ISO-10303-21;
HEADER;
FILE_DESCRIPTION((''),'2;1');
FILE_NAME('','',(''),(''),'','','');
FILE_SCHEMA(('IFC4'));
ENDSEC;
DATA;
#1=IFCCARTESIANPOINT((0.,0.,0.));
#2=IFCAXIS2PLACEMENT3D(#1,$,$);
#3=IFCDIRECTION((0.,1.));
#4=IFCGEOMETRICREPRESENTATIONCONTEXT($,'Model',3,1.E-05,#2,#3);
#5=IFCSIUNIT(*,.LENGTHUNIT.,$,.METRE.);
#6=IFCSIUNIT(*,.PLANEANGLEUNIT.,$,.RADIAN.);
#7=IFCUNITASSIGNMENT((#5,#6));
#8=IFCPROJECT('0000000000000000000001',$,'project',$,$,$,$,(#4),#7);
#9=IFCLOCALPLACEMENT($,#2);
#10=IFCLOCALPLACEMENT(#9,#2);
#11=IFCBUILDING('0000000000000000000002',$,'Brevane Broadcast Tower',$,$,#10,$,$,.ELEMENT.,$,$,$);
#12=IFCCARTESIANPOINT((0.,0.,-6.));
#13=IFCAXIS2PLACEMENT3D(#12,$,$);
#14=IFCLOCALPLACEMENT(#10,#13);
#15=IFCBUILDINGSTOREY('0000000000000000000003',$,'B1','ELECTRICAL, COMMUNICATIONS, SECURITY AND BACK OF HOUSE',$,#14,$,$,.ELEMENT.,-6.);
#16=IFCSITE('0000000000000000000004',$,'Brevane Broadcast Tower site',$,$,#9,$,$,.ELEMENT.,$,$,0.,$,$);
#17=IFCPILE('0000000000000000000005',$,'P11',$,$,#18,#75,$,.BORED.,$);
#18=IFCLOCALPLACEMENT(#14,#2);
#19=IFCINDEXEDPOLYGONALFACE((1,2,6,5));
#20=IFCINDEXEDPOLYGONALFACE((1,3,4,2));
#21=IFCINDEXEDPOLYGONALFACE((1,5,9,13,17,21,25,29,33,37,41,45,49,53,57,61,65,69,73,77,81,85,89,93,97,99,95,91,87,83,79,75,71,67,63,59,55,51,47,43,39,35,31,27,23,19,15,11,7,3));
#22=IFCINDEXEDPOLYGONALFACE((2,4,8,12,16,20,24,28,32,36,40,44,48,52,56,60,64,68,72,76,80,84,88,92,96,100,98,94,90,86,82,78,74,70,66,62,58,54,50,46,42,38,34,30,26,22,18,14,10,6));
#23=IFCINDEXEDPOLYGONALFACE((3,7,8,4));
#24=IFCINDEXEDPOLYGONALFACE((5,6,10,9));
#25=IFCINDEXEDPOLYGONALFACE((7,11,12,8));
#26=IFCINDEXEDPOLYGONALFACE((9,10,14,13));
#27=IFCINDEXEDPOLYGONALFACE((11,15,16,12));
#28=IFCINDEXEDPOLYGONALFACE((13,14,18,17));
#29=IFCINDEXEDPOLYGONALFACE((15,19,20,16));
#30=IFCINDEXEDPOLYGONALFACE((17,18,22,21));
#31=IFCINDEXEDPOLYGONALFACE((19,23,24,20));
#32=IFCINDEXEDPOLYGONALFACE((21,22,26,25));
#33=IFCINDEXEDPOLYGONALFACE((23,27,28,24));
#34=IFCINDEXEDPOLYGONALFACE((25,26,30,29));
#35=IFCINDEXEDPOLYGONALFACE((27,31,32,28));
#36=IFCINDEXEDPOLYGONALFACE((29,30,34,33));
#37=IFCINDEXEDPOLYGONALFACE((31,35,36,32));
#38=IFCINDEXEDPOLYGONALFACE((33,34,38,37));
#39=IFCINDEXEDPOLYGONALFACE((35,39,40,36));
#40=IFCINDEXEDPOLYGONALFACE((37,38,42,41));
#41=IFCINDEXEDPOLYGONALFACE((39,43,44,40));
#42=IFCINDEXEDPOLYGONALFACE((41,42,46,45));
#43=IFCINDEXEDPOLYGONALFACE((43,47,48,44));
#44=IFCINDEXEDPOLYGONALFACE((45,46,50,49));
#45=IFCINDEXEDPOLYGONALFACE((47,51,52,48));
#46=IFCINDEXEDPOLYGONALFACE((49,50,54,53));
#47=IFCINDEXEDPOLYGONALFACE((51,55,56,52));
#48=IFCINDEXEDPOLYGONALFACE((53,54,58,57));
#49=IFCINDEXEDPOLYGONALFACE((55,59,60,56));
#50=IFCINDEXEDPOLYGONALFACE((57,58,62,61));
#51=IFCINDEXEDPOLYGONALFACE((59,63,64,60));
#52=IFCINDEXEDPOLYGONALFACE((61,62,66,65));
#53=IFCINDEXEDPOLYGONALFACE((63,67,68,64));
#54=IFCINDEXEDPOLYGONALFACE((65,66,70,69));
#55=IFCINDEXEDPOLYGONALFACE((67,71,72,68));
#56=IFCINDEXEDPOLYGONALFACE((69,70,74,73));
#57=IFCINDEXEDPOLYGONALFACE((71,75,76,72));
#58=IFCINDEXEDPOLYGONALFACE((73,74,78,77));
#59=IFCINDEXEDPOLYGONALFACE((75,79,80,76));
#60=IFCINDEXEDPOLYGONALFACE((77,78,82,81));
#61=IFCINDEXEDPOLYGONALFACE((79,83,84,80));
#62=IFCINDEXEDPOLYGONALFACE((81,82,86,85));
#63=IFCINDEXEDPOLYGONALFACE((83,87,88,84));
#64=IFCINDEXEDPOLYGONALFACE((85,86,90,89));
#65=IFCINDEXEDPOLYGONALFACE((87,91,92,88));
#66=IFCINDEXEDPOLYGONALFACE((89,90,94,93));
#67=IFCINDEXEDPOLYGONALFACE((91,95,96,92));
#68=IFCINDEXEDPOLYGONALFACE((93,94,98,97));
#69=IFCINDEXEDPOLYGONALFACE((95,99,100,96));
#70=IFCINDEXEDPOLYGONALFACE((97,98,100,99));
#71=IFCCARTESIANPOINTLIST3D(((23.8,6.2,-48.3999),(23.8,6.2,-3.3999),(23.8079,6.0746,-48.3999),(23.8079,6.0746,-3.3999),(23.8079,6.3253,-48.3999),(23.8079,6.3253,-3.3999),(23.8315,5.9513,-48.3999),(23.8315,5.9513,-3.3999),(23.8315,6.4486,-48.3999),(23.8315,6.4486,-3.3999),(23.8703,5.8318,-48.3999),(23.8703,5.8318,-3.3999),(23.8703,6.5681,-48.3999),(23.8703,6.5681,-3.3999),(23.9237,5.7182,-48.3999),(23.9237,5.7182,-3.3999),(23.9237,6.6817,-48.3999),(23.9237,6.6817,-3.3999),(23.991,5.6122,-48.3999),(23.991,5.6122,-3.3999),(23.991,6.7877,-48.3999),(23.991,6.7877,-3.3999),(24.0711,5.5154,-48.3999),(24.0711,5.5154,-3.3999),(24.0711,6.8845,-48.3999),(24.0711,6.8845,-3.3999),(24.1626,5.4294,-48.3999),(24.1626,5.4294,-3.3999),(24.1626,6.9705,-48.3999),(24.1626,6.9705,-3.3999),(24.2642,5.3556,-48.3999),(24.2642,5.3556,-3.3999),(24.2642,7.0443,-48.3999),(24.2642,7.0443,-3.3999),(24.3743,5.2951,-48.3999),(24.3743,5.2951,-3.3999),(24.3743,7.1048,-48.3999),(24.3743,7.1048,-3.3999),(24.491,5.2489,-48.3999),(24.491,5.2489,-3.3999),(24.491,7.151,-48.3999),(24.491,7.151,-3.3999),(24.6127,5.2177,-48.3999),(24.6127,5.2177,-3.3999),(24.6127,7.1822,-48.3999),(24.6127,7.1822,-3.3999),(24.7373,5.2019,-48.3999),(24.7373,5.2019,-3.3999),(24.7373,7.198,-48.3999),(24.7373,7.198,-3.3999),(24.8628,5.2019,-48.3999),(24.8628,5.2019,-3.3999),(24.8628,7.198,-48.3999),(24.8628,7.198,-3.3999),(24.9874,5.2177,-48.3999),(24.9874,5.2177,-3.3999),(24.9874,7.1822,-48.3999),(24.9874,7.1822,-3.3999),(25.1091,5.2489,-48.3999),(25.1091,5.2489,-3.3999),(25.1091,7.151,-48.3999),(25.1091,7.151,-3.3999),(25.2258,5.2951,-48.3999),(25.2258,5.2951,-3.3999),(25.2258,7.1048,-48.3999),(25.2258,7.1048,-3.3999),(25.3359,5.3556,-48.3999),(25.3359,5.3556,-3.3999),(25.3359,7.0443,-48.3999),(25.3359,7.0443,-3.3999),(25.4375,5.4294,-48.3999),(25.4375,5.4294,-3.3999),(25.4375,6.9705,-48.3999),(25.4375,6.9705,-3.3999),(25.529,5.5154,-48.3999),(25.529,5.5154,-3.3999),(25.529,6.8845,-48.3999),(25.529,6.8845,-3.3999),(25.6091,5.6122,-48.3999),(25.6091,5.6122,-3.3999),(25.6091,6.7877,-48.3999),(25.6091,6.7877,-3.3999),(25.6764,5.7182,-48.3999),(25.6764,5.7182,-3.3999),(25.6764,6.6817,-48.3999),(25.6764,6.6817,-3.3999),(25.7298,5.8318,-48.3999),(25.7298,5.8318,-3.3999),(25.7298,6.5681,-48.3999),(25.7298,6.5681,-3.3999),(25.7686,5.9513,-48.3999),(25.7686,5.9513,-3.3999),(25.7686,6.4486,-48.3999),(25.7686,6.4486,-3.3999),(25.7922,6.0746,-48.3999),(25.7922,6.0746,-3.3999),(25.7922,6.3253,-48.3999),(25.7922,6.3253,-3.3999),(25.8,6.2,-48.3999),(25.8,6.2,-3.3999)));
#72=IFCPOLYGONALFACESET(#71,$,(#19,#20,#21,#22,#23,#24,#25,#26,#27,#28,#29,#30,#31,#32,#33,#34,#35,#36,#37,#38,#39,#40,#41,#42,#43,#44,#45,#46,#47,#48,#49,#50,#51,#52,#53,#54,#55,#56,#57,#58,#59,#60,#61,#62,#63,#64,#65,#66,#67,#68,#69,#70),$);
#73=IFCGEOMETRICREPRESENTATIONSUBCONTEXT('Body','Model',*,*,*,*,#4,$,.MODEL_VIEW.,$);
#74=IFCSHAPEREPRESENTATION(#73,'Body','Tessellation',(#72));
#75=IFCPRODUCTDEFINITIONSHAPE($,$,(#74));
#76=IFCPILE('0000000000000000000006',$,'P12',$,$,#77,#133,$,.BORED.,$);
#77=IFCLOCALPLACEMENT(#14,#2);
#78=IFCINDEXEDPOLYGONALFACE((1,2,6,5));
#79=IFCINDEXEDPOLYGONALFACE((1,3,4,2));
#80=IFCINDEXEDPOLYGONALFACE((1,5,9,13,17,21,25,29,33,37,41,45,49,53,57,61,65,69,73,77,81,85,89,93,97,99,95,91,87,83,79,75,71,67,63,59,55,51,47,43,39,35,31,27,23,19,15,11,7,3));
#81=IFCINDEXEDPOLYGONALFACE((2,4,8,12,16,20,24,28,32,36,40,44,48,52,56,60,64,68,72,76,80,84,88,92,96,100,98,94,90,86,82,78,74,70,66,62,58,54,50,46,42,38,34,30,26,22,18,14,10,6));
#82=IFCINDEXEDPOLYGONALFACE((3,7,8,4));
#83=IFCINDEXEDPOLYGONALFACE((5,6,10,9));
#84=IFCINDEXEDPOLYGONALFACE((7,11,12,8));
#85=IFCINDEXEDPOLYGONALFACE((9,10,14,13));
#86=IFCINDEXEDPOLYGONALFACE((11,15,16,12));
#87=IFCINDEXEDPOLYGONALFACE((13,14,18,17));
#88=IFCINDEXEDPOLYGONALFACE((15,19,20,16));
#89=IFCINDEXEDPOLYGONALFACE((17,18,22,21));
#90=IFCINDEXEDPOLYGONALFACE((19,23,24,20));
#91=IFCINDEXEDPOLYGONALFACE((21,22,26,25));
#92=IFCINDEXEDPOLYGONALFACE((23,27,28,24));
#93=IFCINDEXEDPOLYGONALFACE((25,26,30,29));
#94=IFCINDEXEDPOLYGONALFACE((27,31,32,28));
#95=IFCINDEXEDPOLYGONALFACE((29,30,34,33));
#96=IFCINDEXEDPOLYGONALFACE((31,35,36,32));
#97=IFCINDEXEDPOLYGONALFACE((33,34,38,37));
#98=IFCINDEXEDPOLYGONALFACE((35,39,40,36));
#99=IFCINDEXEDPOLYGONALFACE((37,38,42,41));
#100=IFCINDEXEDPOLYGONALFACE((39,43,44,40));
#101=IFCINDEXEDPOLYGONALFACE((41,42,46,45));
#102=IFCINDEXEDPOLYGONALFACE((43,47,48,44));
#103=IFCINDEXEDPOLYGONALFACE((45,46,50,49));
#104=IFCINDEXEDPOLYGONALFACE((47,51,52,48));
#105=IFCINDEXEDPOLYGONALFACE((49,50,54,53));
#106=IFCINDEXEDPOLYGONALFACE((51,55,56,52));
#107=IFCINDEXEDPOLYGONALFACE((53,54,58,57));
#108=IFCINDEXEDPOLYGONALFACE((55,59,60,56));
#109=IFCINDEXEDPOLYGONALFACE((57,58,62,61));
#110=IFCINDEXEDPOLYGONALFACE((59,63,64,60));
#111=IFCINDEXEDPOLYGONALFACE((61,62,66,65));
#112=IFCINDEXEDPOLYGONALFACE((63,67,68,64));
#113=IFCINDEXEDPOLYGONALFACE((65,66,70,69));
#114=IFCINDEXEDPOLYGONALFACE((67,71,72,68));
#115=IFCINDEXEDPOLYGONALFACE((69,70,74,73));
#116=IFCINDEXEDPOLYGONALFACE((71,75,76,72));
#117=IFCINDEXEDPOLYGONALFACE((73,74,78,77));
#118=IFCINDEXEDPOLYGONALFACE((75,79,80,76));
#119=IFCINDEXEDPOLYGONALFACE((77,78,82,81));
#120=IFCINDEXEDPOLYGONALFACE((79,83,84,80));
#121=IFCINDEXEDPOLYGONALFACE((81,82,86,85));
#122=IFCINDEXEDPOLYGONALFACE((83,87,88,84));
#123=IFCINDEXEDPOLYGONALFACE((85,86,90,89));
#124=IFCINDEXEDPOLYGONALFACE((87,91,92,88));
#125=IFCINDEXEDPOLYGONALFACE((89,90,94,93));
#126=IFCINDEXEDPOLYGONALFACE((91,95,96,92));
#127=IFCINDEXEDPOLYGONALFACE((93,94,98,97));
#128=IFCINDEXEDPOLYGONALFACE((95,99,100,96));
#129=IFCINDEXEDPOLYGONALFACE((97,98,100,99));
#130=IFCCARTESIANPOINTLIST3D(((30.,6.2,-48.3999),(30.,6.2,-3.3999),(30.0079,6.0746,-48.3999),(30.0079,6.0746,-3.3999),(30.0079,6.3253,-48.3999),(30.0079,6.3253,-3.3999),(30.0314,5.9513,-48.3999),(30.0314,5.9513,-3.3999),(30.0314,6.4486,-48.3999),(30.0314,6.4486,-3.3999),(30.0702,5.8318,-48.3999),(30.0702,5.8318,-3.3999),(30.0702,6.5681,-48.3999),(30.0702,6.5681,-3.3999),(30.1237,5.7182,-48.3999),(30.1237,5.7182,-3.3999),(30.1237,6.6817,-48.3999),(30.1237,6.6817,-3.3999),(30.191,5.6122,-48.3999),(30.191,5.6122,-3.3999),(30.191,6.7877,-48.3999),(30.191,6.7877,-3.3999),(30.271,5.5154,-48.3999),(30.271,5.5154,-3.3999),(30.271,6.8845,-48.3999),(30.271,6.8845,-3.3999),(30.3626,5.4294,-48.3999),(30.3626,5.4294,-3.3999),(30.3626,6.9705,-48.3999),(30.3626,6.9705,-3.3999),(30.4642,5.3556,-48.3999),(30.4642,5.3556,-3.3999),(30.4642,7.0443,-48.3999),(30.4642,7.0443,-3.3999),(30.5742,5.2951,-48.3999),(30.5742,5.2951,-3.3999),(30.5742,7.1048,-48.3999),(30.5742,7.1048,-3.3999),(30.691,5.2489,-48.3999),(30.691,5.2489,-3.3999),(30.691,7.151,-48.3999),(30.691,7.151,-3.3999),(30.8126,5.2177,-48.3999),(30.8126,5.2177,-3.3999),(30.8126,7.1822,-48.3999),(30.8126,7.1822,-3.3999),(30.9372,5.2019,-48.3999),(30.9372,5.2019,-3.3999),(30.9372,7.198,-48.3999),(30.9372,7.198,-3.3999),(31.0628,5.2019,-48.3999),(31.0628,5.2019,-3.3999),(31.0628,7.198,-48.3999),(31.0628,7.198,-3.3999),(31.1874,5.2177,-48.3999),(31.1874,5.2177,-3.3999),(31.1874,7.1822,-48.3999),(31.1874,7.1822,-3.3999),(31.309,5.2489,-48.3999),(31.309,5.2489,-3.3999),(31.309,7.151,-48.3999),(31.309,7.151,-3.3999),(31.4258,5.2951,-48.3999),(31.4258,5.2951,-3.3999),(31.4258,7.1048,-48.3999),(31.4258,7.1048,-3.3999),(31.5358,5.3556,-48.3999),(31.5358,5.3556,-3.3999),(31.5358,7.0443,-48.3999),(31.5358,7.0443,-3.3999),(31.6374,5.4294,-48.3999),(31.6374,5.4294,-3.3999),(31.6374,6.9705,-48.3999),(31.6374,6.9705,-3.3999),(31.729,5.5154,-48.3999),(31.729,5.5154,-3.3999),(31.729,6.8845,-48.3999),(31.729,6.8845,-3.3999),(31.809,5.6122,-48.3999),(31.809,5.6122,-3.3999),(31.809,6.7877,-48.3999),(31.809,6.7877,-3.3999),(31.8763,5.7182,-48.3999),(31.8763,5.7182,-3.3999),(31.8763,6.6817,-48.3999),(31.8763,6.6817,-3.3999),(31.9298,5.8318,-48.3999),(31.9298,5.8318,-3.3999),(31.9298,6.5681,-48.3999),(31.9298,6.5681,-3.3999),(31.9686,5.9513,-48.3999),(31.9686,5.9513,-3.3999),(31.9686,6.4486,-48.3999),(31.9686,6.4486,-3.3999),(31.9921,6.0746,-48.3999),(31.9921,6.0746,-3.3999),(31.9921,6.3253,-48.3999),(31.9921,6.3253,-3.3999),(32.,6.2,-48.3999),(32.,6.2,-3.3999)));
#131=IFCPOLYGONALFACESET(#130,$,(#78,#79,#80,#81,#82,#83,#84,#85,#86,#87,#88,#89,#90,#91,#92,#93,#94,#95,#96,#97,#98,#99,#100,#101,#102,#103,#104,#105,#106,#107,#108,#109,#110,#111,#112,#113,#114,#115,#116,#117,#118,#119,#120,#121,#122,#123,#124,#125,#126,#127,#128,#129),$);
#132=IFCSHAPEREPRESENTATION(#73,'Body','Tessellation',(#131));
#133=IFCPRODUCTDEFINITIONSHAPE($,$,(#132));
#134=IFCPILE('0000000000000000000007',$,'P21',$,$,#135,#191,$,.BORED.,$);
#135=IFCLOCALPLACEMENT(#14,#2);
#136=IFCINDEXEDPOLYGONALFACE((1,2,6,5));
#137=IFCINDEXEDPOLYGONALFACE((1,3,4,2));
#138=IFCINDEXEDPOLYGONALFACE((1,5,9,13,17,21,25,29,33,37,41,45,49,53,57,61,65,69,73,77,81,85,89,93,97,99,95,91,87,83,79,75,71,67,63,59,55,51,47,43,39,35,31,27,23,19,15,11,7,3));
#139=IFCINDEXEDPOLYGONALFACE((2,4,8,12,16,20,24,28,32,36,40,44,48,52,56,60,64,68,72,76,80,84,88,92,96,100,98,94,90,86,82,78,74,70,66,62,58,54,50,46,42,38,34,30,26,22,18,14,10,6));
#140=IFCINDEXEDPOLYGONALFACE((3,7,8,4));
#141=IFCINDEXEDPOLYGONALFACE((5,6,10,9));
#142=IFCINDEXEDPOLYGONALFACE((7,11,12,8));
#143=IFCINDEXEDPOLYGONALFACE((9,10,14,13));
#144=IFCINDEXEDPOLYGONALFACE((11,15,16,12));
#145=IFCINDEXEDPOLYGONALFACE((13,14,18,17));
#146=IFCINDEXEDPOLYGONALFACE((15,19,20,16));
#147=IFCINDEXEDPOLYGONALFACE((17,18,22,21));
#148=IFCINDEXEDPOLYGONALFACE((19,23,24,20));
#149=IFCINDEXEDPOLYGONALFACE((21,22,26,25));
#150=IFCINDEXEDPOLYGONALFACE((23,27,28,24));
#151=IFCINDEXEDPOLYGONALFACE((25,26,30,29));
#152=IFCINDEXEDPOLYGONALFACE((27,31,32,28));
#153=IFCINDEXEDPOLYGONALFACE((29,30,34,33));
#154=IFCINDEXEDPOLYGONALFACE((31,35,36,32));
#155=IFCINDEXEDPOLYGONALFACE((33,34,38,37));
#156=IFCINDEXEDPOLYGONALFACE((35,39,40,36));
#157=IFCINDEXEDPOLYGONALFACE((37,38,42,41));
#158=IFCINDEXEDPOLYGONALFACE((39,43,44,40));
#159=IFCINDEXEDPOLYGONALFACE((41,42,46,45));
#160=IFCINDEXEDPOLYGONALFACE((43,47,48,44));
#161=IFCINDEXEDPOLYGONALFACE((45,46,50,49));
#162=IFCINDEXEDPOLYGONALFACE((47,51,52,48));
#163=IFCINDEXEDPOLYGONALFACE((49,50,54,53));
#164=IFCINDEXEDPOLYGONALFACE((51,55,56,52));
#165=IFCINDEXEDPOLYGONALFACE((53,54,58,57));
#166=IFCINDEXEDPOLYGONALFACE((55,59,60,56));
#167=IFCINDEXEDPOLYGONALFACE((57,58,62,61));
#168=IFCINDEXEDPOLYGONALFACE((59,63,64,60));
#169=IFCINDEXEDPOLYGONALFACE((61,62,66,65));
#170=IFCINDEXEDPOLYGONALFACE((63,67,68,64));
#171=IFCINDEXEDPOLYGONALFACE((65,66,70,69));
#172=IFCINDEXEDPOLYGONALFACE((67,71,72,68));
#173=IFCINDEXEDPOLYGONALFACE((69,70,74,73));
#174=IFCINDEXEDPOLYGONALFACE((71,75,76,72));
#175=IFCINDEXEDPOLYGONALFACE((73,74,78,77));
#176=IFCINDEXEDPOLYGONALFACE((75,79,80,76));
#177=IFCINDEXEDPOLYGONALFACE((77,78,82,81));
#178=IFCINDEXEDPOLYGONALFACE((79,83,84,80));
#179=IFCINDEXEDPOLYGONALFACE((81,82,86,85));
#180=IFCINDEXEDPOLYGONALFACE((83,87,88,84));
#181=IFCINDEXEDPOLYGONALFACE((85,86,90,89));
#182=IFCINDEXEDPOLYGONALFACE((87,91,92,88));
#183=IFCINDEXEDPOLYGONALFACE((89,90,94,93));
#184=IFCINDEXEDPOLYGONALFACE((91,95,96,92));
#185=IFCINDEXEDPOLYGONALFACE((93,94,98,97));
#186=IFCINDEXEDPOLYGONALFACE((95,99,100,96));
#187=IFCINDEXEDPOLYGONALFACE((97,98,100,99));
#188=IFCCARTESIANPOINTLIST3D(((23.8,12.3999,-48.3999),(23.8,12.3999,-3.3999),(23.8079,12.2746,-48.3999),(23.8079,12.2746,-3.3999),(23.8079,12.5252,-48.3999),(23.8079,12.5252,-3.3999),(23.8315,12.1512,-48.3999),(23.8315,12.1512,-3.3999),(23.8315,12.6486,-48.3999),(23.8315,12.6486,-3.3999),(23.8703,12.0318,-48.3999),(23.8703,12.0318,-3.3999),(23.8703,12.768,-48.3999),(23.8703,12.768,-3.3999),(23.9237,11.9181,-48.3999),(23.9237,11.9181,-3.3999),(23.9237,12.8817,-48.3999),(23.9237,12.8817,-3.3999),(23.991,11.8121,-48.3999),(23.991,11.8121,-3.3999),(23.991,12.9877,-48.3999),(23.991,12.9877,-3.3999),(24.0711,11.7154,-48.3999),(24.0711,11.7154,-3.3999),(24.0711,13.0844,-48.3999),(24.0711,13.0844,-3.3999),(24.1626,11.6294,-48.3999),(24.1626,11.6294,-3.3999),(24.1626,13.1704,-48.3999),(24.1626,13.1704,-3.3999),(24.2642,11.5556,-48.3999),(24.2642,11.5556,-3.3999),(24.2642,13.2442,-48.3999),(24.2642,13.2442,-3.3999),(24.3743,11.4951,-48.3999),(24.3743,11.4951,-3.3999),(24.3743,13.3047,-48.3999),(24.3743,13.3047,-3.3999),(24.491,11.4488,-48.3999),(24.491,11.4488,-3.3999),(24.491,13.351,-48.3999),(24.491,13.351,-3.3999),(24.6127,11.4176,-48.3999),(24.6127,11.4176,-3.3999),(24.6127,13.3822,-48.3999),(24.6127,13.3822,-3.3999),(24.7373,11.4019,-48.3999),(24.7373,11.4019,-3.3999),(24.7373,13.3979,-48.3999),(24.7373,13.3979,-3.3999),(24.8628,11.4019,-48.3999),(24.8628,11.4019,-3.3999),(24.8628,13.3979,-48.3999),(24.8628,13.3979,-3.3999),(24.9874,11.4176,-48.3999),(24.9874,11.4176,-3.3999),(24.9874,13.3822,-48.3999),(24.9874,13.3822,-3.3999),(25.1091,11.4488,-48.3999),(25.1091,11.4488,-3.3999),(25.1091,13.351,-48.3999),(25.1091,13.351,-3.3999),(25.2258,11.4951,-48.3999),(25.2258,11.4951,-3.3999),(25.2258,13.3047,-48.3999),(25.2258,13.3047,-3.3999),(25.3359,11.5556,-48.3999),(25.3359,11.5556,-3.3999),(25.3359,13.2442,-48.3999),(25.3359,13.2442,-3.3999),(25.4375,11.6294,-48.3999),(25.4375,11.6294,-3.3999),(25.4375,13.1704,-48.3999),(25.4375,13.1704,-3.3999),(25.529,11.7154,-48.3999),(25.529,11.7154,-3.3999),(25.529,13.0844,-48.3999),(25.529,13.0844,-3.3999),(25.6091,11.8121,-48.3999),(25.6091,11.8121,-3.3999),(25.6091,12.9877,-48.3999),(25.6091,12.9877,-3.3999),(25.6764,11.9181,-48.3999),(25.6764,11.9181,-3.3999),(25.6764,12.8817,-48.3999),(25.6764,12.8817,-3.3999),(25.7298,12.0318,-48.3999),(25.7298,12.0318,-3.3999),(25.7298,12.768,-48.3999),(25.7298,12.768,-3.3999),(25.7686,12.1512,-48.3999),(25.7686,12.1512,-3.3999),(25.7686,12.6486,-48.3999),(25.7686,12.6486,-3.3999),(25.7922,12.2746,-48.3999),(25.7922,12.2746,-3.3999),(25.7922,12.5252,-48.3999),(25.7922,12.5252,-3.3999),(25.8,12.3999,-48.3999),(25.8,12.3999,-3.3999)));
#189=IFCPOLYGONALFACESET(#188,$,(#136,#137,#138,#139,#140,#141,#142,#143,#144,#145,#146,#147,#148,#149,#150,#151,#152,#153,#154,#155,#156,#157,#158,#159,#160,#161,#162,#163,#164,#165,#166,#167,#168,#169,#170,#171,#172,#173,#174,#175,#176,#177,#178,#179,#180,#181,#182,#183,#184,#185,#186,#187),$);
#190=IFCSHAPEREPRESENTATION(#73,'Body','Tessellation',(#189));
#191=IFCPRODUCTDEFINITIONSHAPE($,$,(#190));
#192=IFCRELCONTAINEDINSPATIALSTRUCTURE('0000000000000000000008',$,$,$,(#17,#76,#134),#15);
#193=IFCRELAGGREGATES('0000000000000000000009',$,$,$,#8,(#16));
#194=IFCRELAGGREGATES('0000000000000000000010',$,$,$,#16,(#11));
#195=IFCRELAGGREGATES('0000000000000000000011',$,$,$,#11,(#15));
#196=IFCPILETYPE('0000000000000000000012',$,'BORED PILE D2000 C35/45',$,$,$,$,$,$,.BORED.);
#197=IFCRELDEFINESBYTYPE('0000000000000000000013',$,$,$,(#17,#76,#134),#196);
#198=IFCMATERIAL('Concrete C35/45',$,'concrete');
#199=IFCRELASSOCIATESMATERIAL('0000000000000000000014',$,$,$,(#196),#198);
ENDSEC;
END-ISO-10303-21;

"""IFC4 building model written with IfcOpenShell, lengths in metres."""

from ifc_helpers import new_model, si_unit, direction, frame, origin, origin_2d, place, context, subcontext, project, spatial, circle, extrude, material, material_profile, profile_set, type_object, element, save


model = new_model("IFC4")

# Units and contexts
model_context = context("Model", 3, precision=1e-05, world=origin(), true_north=direction((0.0, 1.0)))
body_context = subcontext(model_context, "Body", "Model", "MODEL_VIEW")
ifc_project = project(units=[si_unit("LENGTHUNIT", "METRE"), si_unit("PLANEANGLEUNIT", "RADIAN")], contexts=[model_context])

# Site, building, storey
site_placement = place(None, origin())
site = spatial("IfcSite", under=ifc_project, at=site_placement, Name="Brevane Broadcast Tower site", CompositionType="ELEMENT", RefElevation=0.0)
building_placement = place(site_placement, origin())
building = spatial("IfcBuilding", under=site, at=building_placement, Name="Brevane Broadcast Tower", CompositionType="ELEMENT")
storey_placement = place(building_placement, frame((0.0, 0.0, -6.0)))
storey = spatial("IfcBuildingStorey", under=building, at=storey_placement, Name="B1", Description="ELECTRICAL, COMMUNICATIONS, SECURITY AND BACK OF HOUSE", CompositionType="ELEMENT", Elevation=-6.0)

# Piles
ifc_material_1 = material(Name="Concrete C35/45", Category="concrete")
ifc_material_profile = material_profile(ifc_material_1, circle(Radius=1.0, at=origin_2d()), Name="RC D2000")
ifc_profile_set = profile_set([ifc_material_profile], Name="Concrete C35/45")
pile_type = type_object("IfcPileType", Name="BORED PILE D2000 C35/45", PredefinedType="BORED", material=ifc_profile_set)
for number, where, z_axis, x_axis, name in (
    (1, (24.8, 6.2, -3.3999), (0.0, 0.0, -1.0), (1.0, 0.0, 0.0), "P11"),
    (2, (31.0, 6.2, -3.3999), (0.0, 0.0, -1.0), (1.0, 0.0, 0.0), "P12"),
    (3, (24.8, 12.3999, -3.3999), (0.0, 0.0, -1.0), (1.0, 0.0, 0.0), "P21"),
):
    element("IfcPile", number, at=place(storey_placement, frame(where, z_axis=z_axis, x_axis=x_axis)), inside=storey, type_object=pile_type, Name=name, PredefinedType="BORED", context=body_context, shape_type="SweptSolid", body=[
        extrude(circle(Radius=1.0, at=origin_2d()), origin(), (0.0, 0.0, 1.0), 45.0),
    ])

save(model, "model.ifc")
